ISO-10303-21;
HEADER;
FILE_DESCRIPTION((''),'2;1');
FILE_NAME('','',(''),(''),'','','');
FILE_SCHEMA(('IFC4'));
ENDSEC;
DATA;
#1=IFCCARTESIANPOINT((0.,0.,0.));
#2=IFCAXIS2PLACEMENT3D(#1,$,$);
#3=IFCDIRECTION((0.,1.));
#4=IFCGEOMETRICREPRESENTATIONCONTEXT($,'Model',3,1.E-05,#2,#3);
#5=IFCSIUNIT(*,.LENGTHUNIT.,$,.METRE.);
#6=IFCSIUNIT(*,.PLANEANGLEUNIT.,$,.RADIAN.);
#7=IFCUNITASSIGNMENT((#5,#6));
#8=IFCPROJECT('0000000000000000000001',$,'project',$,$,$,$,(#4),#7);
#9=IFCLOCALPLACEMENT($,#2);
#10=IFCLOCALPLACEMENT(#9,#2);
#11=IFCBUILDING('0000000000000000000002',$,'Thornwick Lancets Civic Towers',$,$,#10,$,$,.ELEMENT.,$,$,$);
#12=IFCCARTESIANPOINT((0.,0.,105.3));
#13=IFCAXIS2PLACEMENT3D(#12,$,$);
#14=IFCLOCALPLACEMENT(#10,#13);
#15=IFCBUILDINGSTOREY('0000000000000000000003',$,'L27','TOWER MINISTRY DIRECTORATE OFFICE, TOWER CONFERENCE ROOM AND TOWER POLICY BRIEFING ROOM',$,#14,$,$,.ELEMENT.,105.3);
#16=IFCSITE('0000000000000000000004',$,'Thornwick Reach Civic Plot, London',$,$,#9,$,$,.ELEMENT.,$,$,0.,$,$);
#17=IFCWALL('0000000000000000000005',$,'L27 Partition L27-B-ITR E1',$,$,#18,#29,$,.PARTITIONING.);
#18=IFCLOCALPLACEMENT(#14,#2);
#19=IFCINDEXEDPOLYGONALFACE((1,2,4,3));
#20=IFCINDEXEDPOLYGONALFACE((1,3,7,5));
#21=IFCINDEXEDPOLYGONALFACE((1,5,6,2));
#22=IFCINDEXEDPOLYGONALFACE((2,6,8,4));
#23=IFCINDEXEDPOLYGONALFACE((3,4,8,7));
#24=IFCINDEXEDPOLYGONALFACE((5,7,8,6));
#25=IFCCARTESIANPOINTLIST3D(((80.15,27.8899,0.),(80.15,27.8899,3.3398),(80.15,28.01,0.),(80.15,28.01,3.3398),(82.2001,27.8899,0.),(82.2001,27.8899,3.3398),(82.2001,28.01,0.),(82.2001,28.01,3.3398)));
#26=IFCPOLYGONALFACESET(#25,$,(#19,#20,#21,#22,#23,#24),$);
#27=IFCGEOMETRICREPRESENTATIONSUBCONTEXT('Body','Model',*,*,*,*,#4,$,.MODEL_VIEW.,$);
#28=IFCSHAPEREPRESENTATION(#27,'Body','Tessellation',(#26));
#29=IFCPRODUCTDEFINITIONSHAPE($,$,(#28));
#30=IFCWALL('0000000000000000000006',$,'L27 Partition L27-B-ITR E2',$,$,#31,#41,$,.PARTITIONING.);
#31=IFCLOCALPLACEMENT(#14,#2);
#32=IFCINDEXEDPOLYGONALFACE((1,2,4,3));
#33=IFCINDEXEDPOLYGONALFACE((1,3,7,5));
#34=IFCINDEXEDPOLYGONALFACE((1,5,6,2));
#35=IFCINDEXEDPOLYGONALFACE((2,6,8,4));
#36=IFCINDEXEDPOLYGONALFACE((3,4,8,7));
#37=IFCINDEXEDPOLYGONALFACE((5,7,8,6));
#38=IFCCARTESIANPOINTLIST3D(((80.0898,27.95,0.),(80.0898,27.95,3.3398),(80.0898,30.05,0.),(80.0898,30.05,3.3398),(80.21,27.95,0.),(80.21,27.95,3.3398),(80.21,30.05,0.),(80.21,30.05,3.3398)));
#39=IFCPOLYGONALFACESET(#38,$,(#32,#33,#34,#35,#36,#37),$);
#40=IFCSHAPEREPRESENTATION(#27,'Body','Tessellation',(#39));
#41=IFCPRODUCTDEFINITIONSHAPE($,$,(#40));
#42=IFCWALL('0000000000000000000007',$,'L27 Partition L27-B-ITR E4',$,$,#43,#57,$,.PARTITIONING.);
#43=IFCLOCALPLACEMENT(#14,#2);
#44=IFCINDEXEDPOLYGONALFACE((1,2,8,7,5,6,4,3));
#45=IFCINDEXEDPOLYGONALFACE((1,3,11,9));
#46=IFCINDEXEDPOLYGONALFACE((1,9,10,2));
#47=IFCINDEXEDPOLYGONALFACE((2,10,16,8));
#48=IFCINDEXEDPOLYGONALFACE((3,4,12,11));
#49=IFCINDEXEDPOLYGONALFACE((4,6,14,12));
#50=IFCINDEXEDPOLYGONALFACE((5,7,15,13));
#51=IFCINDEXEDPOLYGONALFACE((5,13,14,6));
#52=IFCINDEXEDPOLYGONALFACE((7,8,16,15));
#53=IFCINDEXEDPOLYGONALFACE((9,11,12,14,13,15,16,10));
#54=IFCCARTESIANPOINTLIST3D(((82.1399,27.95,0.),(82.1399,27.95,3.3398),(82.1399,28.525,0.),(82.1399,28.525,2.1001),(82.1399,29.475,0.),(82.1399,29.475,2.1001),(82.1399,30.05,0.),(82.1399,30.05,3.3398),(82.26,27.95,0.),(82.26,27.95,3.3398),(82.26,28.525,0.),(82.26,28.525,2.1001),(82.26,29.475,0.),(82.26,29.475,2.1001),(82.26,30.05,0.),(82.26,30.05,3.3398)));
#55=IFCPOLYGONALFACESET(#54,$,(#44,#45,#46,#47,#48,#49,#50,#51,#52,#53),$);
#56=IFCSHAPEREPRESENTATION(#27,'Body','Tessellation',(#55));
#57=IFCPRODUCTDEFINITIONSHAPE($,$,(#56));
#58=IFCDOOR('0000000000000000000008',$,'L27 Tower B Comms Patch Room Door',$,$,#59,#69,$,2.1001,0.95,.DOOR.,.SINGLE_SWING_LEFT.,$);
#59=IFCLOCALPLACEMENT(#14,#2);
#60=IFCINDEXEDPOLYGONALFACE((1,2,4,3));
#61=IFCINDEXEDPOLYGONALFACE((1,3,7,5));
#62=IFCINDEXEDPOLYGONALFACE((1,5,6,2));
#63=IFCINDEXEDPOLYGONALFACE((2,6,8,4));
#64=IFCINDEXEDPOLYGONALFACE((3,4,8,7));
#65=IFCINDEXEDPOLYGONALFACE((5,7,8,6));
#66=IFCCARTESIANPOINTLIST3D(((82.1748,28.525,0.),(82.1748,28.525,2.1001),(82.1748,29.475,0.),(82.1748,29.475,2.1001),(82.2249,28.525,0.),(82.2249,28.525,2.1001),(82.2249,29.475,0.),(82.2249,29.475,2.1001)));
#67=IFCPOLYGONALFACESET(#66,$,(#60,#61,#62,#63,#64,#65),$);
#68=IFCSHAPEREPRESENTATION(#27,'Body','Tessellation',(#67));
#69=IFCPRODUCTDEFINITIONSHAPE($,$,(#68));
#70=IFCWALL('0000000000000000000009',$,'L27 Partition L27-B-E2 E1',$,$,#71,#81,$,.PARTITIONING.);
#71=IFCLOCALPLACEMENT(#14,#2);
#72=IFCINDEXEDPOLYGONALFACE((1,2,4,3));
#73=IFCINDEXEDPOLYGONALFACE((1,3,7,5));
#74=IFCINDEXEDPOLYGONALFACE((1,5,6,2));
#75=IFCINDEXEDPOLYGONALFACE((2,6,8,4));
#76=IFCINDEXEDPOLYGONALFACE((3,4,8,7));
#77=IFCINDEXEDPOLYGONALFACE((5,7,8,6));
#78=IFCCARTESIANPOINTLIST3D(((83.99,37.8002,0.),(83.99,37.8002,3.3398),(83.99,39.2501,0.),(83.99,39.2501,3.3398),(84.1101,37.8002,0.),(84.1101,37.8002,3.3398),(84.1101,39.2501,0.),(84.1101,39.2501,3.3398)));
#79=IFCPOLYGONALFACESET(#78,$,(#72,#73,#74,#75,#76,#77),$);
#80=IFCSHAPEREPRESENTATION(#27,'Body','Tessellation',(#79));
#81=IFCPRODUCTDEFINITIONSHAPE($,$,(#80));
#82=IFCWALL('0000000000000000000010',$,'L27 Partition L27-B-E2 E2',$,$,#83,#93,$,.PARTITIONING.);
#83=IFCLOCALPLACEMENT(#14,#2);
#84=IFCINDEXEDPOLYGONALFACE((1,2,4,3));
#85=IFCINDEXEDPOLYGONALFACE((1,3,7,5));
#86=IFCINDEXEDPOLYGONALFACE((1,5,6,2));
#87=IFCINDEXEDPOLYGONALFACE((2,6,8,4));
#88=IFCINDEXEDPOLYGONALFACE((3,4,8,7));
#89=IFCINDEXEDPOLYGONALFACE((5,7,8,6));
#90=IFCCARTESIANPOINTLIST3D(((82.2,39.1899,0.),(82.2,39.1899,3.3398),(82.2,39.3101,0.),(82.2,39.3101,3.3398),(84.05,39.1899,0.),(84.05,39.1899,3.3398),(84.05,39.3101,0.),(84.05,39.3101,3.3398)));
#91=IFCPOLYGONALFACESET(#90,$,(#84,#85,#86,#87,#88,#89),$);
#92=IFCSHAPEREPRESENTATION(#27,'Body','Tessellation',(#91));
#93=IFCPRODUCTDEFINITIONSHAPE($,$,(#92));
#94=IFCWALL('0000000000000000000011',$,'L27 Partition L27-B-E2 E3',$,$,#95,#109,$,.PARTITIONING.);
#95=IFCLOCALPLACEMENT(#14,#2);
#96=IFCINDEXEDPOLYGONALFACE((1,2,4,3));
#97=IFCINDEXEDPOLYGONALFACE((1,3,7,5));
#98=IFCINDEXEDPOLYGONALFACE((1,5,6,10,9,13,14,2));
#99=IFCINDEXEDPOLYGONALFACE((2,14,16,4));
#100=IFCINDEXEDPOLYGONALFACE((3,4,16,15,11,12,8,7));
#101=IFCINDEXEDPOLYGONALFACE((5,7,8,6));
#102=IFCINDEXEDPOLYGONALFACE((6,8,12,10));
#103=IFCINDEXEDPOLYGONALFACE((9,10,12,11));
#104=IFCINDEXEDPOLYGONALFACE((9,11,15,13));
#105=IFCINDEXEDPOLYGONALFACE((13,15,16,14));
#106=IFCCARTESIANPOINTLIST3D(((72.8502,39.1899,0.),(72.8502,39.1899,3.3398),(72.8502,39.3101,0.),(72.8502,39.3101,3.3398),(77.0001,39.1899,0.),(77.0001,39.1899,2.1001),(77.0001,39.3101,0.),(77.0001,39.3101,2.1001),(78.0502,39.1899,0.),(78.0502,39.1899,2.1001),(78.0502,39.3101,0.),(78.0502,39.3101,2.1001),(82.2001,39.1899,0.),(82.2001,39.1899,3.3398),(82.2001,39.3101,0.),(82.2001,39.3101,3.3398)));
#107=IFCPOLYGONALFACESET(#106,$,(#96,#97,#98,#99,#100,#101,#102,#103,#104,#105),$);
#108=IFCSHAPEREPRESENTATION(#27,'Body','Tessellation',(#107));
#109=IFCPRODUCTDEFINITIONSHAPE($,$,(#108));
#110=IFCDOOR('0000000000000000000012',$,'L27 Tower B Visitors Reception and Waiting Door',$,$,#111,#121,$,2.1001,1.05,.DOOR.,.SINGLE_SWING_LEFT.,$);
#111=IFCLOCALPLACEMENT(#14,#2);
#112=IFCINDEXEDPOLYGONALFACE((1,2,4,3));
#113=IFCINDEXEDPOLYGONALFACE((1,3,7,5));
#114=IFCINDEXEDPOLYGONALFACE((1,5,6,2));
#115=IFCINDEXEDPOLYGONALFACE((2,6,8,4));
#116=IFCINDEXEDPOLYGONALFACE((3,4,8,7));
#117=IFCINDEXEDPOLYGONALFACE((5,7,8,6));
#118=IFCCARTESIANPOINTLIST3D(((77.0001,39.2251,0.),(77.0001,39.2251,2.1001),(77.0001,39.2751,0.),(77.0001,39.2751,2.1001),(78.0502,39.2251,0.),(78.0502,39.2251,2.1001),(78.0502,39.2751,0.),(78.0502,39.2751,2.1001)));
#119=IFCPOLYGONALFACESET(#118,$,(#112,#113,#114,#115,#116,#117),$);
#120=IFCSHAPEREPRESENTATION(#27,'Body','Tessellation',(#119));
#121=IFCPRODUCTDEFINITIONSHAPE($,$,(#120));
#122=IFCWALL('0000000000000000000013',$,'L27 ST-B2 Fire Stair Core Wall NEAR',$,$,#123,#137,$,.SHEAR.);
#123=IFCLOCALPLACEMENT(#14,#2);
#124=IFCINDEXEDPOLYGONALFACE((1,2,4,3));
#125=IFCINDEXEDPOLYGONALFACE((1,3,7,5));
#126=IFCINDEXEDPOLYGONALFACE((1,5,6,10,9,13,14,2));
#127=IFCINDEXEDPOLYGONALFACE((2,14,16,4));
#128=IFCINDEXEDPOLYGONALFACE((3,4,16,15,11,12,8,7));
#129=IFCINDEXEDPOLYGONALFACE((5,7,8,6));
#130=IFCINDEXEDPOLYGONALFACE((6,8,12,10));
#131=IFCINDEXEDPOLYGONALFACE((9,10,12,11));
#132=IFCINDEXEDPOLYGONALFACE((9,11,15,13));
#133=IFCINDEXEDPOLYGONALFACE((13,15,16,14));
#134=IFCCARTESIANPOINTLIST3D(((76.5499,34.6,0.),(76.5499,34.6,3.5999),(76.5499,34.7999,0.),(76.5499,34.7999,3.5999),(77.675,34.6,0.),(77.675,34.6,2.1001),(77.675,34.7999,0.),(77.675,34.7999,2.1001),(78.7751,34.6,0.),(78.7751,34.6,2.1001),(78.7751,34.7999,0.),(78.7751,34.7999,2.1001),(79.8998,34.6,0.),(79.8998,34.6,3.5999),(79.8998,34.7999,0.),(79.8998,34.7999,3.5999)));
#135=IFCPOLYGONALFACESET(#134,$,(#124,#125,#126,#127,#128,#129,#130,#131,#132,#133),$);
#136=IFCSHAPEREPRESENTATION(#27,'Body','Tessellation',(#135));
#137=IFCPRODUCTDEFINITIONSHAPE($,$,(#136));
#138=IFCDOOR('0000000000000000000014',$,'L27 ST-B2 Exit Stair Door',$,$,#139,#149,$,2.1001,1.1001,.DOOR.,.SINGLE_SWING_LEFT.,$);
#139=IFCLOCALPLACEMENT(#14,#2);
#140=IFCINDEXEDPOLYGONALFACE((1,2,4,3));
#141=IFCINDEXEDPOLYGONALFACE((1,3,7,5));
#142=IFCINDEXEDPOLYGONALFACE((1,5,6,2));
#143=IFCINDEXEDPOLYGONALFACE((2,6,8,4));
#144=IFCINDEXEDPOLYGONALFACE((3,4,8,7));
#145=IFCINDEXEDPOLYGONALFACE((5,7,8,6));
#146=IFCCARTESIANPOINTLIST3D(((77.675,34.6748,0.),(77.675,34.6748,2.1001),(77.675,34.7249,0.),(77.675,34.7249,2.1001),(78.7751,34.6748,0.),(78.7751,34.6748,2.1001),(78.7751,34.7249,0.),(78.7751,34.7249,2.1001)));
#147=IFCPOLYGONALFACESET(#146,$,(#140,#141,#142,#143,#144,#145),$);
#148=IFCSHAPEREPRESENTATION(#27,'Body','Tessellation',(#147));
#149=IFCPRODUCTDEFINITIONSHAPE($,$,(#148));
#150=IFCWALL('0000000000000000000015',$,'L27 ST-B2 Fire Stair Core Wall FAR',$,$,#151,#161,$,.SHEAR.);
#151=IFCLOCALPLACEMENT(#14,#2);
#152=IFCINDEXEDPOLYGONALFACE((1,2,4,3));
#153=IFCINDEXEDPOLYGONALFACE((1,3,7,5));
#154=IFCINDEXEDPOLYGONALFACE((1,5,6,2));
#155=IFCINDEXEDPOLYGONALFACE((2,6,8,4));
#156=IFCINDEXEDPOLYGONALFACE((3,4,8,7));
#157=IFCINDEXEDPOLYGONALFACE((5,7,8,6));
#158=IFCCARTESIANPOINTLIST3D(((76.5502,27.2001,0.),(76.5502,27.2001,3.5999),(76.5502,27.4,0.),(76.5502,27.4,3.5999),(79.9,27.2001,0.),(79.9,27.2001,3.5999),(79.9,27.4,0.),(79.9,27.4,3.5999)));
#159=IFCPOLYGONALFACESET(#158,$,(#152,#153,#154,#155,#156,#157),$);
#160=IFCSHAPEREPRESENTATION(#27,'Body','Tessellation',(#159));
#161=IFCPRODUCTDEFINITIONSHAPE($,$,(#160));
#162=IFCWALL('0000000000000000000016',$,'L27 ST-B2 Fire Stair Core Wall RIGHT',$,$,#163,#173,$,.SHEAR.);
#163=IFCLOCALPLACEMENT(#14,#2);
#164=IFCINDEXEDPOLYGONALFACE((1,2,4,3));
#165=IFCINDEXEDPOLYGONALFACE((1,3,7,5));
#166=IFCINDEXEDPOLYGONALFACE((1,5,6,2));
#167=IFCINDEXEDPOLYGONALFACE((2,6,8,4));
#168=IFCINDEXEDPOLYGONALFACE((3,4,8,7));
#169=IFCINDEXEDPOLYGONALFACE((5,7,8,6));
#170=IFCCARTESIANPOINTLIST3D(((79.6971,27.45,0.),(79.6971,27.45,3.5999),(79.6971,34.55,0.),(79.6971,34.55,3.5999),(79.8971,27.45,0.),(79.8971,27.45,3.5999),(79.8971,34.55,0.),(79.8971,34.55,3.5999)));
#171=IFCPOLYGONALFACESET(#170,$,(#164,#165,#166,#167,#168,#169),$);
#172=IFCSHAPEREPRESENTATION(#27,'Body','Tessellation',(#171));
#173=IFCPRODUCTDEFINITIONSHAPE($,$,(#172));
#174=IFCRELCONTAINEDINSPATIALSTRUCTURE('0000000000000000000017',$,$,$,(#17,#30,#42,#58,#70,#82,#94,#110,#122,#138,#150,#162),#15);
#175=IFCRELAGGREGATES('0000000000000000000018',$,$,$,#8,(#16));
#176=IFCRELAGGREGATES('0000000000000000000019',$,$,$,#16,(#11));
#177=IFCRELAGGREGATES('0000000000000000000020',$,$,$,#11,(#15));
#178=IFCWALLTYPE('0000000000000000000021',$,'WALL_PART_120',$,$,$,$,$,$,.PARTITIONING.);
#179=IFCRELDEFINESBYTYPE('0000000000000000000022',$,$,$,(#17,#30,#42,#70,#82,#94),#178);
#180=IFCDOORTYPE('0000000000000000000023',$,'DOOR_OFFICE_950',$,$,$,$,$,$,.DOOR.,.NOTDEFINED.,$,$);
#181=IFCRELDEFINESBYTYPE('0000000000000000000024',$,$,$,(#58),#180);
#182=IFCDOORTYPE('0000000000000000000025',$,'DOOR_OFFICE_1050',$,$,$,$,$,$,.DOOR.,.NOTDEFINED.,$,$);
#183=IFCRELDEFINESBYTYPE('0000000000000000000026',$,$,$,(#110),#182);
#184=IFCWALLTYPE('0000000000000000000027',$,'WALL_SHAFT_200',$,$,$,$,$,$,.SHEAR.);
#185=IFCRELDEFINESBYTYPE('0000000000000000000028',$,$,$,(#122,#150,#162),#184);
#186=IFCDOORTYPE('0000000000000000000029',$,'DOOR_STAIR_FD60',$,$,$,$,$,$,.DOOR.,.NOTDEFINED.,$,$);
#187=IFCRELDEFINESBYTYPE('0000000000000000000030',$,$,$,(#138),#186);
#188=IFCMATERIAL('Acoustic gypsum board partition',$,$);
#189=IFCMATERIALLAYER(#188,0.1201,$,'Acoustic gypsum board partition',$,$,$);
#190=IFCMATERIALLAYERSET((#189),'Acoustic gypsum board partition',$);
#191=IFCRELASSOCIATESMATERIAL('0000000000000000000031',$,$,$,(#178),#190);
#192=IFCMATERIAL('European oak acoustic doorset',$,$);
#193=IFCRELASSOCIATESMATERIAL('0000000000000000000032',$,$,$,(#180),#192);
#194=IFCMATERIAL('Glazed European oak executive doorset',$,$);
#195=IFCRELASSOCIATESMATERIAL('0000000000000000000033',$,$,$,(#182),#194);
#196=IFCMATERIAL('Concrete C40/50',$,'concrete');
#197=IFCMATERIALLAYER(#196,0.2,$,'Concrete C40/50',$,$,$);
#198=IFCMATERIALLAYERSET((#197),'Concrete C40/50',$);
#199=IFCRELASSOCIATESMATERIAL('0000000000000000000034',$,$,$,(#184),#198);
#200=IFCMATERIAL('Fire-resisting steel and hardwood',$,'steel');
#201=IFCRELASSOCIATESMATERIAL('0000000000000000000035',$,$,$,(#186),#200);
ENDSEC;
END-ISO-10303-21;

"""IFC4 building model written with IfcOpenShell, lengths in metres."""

from ifc_helpers import new_model, si_unit, direction, frame, frame_2d, origin, place, context, subcontext, project, spatial, rectangle, extrude, material, layer, layer_set, type_object, element, fill, save


model = new_model("IFC4")

# Units and contexts
model_context = context("Model", 3, precision=1e-05, world=origin(), true_north=direction((0.0, 1.0)))
body_context = subcontext(model_context, "Body", "Model", "MODEL_VIEW")
ifc_project = project(units=[si_unit("LENGTHUNIT", "METRE"), si_unit("PLANEANGLEUNIT", "RADIAN")], contexts=[model_context])

# Site, building, storey
site_placement = place(None, origin())
site = spatial("IfcSite", under=ifc_project, at=site_placement, Name="Thornwick Reach Civic Plot, London", CompositionType="ELEMENT", RefElevation=0.0)
building_placement = place(site_placement, origin())
building = spatial("IfcBuilding", under=site, at=building_placement, Name="Thornwick Lancets Civic Towers", CompositionType="ELEMENT")
storey_placement = place(building_placement, frame((0.0, 0.0, 105.3)))
storey = spatial("IfcBuildingStorey", under=building, at=storey_placement, Name="L27", Description="TOWER MINISTRY DIRECTORATE OFFICE, TOWER CONFERENCE ROOM AND TOWER POLICY BRIEFING ROOM", CompositionType="ELEMENT", Elevation=105.3)

# Walls
ifc_material_1 = material(Name="Acoustic gypsum board partition")
ifc_layer_1 = layer(ifc_material_1, 0.1201, Name="Acoustic gypsum board partition")
ifc_layer_set_1 = layer_set([ifc_layer_1], Name="Acoustic gypsum board partition")
wall_type_1 = type_object("IfcWallType", Name="WALL_PART_120", PredefinedType="PARTITIONING", material=ifc_layer_set_1)
wall_1_placement = place(storey_placement, frame((82.2, 27.95, 0.0), z_axis=(0.0, 0.0, 1.0), x_axis=(-1.0, 0.0, 0.0)))
element("IfcWall", 1, at=wall_1_placement, inside=storey, type_object=wall_type_1, Name="L27 Partition L27-B-ITR E1", PredefinedType="PARTITIONING", context=body_context, shape_type="SweptSolid", body=[
    extrude(rectangle(XDim=2.05, YDim=0.1201, at=frame_2d((1.0249, 0.0))), origin(), (0.0, 0.0, 1.0), 3.3398),
])
wall_2_placement = place(storey_placement, frame((80.1499, 27.95, 0.0), z_axis=(0.0, 0.0, 1.0), x_axis=(0.0, 1.0, 0.0)))
element("IfcWall", 2, at=wall_2_placement, inside=storey, type_object=wall_type_1, Name="L27 Partition L27-B-ITR E2", PredefinedType="PARTITIONING", context=body_context, shape_type="SweptSolid", body=[
    extrude(rectangle(XDim=2.1001, YDim=0.1201, at=frame_2d((1.05, 0.0))), origin(), (0.0, 0.0, 1.0), 3.3398),
])

# Wall, opening, door
wall_3_placement = place(storey_placement, frame((82.2, 30.05, 0.0), z_axis=(0.0, 0.0, 1.0), x_axis=(0.0, -1.0, 0.0)))
wall_3 = element("IfcWall", 3, at=wall_3_placement, inside=storey, type_object=wall_type_1, Name="L27 Partition L27-B-ITR E4", PredefinedType="PARTITIONING", context=body_context, shape_type="SweptSolid", body=[
    extrude(rectangle(XDim=2.1001, YDim=0.1201, at=frame_2d((1.05, 0.0))), origin(), (0.0, 0.0, 1.0), 3.3398),
])
opening_1_placement = place(wall_3_placement, frame((0.575, 0.0, 0.0)))
opening_1 = element("IfcOpeningElement", 4, at=opening_1_placement, cuts=wall_3, PredefinedType="OPENING", context=body_context, shape_type="SweptSolid", body=[
    extrude(rectangle(XDim=0.95, YDim=2.1001, at=frame_2d((0.4751, 1.05))), frame((0.0, 0.0701, 0.0), z_axis=(0.0, -1.0, 0.0), x_axis=(1.0, 0.0, 0.0)), (0.0, 0.0, 1.0), 0.1401),
])
ifc_material_2 = material(Name="European oak acoustic doorset")
door_type_1 = type_object("IfcDoorType", Name="DOOR_OFFICE_950", OperationType="NOTDEFINED", PredefinedType="DOOR", material=ifc_material_2)
door_1_placement = place(opening_1_placement, origin())
door_1 = element("IfcDoor", 5, at=door_1_placement, inside=storey, type_object=door_type_1, Name="L27 Tower B Comms Patch Room Door", OperationType="SINGLE_SWING_LEFT", OverallHeight=2.1001, OverallWidth=0.95, PredefinedType="DOOR", context=body_context, shape_type="SweptSolid", body=[
    extrude(rectangle(XDim=0.95, YDim=2.1001, at=frame_2d((0.4751, 1.05))), frame((0.0, 0.0249, 0.0), z_axis=(0.0, -1.0, 0.0), x_axis=(1.0, 0.0, 0.0)), (0.0, 0.0, 1.0), 0.05),
])
fill(opening_1, door_1)

# Walls
wall_4_placement = place(storey_placement, frame((84.05, 37.8, 0.0), z_axis=(0.0, 0.0, 1.0), x_axis=(0.0, 1.0, 0.0)))
element("IfcWall", 6, at=wall_4_placement, inside=storey, type_object=wall_type_1, Name="L27 Partition L27-B-E2 E1", PredefinedType="PARTITIONING", context=body_context, shape_type="SweptSolid", body=[
    extrude(rectangle(XDim=1.45, YDim=0.1201, at=frame_2d((0.7251, 0.0))), origin(), (0.0, 0.0, 1.0), 3.3398),
])
wall_5_placement = place(storey_placement, frame((84.05, 39.25, 0.0), z_axis=(0.0, 0.0, 1.0), x_axis=(-1.0, 0.0, 0.0)))
element("IfcWall", 7, at=wall_5_placement, inside=storey, type_object=wall_type_1, Name="L27 Partition L27-B-E2 E2", PredefinedType="PARTITIONING", context=body_context, shape_type="SweptSolid", body=[
    extrude(rectangle(XDim=1.8501, YDim=0.1201, at=frame_2d((0.925, 0.0))), origin(), (0.0, 0.0, 1.0), 3.3398),
])

# Walls, openings, doors
wall_6_placement = place(storey_placement, frame((82.2, 39.25, 0.0), z_axis=(0.0, 0.0, 1.0), x_axis=(-1.0, 0.0, 0.0)))
wall_6 = element("IfcWall", 8, at=wall_6_placement, inside=storey, type_object=wall_type_1, Name="L27 Partition L27-B-E2 E3", PredefinedType="PARTITIONING", context=body_context, shape_type="SweptSolid", body=[
    extrude(rectangle(XDim=9.3499, YDim=0.1201, at=frame_2d((4.6748, 0.0))), origin(), (0.0, 0.0, 1.0), 3.3398),
])
opening_2_placement = place(wall_6_placement, frame((4.1499, 0.0, 0.0)))
opening_2 = element("IfcOpeningElement", 9, at=opening_2_placement, cuts=wall_6, PredefinedType="OPENING", context=body_context, shape_type="SweptSolid", body=[
    extrude(rectangle(XDim=1.05, YDim=2.1001, at=frame_2d((0.5249, 1.05))), frame((0.0, 0.0701, 0.0), z_axis=(0.0, -1.0, 0.0), x_axis=(1.0, 0.0, 0.0)), (0.0, 0.0, 1.0), 0.1401),
])
ifc_material_3 = material(Name="Glazed European oak executive doorset")
door_type_2 = type_object("IfcDoorType", Name="DOOR_OFFICE_1050", OperationType="NOTDEFINED", PredefinedType="DOOR", material=ifc_material_3)
door_2_placement = place(opening_2_placement, origin())
door_2 = element("IfcDoor", 10, at=door_2_placement, inside=storey, type_object=door_type_2, Name="L27 Tower B Visitors Reception and Waiting Door", OperationType="SINGLE_SWING_LEFT", OverallHeight=2.1001, OverallWidth=1.05, PredefinedType="DOOR", context=body_context, shape_type="SweptSolid", body=[
    extrude(rectangle(XDim=1.05, YDim=2.1001, at=frame_2d((0.5249, 1.05))), frame((0.0, 0.0249, 0.0), z_axis=(0.0, -1.0, 0.0), x_axis=(1.0, 0.0, 0.0)), (0.0, 0.0, 1.0), 0.05),
])
fill(opening_2, door_2)
ifc_material_4 = material(Name="Concrete C40/50", Category="concrete")
ifc_layer_2 = layer(ifc_material_4, 0.2, Name="Concrete C40/50")
ifc_layer_set_2 = layer_set([ifc_layer_2], Name="Concrete C40/50")
wall_type_2 = type_object("IfcWallType", Name="WALL_SHAFT_200", PredefinedType="SHEAR", material=ifc_layer_set_2)
wall_7_placement = place(storey_placement, frame((76.55, 34.7, 0.0), z_axis=(0.0, 0.0, 1.0), x_axis=(1.0, 0.0, 0.0)))
wall_7 = element("IfcWall", 11, at=wall_7_placement, inside=storey, type_object=wall_type_2, Name="L27 ST-B2 Fire Stair Core Wall NEAR", PredefinedType="SHEAR", context=body_context, shape_type="SweptSolid", body=[
    extrude(rectangle(XDim=3.3499, YDim=0.2, at=frame_2d((1.6748, 0.0))), origin(), (0.0, 0.0, 1.0), 3.5999),
])
opening_3_placement = place(wall_7_placement, frame((1.125, 0.0, 0.0)))
opening_3 = element("IfcOpeningElement", 12, at=opening_3_placement, cuts=wall_7, PredefinedType="OPENING", context=body_context, shape_type="SweptSolid", body=[
    extrude(rectangle(XDim=1.1001, YDim=2.1001, at=frame_2d((0.55, 1.05))), frame((0.0, 0.1099, 0.0), z_axis=(0.0, -1.0, 0.0), x_axis=(1.0, 0.0, 0.0)), (0.0, 0.0, 1.0), 0.22),
])
ifc_material_5 = material(Name="Fire-resisting steel and hardwood", Category="steel")
door_type_3 = type_object("IfcDoorType", Name="DOOR_STAIR_FD60", OperationType="NOTDEFINED", PredefinedType="DOOR", material=ifc_material_5)
door_3_placement = place(opening_3_placement, origin())
door_3 = element("IfcDoor", 13, at=door_3_placement, inside=storey, type_object=door_type_3, Name="L27 ST-B2 Exit Stair Door", OperationType="SINGLE_SWING_LEFT", OverallHeight=2.1001, OverallWidth=1.1001, PredefinedType="DOOR", context=body_context, shape_type="SweptSolid", body=[
    extrude(rectangle(XDim=1.1001, YDim=2.1001, at=frame_2d((0.55, 1.05))), frame((0.0, 0.0249, 0.0), z_axis=(0.0, -1.0, 0.0), x_axis=(1.0, 0.0, 0.0)), (0.0, 0.0, 1.0), 0.05),
])
fill(opening_3, door_3)

# Walls
wall_8_placement = place(storey_placement, frame((79.8999, 27.3, 0.0), z_axis=(0.0, 0.0, 1.0), x_axis=(-1.0, 0.0, 0.0)))
element("IfcWall", 14, at=wall_8_placement, inside=storey, type_object=wall_type_2, Name="L27 ST-B2 Fire Stair Core Wall FAR", PredefinedType="SHEAR", context=body_context, shape_type="SweptSolid", body=[
    extrude(rectangle(XDim=3.3499, YDim=0.2, at=frame_2d((1.6748, 0.0))), origin(), (0.0, 0.0, 1.0), 3.5999),
])
wall_9_placement = place(storey_placement, frame((79.7971, 27.45, 0.0), z_axis=(0.0, 0.0, 1.0), x_axis=(0.0, 1.0, 0.0)))
element("IfcWall", 15, at=wall_9_placement, inside=storey, type_object=wall_type_2, Name="L27 ST-B2 Fire Stair Core Wall RIGHT", PredefinedType="SHEAR", context=body_context, shape_type="SweptSolid", body=[
    extrude(rectangle(XDim=7.1001, YDim=0.2, at=frame_2d((3.55, 0.0))), origin(), (0.0, 0.0, 1.0), 3.5999),
])

save(model, "model.ifc")
